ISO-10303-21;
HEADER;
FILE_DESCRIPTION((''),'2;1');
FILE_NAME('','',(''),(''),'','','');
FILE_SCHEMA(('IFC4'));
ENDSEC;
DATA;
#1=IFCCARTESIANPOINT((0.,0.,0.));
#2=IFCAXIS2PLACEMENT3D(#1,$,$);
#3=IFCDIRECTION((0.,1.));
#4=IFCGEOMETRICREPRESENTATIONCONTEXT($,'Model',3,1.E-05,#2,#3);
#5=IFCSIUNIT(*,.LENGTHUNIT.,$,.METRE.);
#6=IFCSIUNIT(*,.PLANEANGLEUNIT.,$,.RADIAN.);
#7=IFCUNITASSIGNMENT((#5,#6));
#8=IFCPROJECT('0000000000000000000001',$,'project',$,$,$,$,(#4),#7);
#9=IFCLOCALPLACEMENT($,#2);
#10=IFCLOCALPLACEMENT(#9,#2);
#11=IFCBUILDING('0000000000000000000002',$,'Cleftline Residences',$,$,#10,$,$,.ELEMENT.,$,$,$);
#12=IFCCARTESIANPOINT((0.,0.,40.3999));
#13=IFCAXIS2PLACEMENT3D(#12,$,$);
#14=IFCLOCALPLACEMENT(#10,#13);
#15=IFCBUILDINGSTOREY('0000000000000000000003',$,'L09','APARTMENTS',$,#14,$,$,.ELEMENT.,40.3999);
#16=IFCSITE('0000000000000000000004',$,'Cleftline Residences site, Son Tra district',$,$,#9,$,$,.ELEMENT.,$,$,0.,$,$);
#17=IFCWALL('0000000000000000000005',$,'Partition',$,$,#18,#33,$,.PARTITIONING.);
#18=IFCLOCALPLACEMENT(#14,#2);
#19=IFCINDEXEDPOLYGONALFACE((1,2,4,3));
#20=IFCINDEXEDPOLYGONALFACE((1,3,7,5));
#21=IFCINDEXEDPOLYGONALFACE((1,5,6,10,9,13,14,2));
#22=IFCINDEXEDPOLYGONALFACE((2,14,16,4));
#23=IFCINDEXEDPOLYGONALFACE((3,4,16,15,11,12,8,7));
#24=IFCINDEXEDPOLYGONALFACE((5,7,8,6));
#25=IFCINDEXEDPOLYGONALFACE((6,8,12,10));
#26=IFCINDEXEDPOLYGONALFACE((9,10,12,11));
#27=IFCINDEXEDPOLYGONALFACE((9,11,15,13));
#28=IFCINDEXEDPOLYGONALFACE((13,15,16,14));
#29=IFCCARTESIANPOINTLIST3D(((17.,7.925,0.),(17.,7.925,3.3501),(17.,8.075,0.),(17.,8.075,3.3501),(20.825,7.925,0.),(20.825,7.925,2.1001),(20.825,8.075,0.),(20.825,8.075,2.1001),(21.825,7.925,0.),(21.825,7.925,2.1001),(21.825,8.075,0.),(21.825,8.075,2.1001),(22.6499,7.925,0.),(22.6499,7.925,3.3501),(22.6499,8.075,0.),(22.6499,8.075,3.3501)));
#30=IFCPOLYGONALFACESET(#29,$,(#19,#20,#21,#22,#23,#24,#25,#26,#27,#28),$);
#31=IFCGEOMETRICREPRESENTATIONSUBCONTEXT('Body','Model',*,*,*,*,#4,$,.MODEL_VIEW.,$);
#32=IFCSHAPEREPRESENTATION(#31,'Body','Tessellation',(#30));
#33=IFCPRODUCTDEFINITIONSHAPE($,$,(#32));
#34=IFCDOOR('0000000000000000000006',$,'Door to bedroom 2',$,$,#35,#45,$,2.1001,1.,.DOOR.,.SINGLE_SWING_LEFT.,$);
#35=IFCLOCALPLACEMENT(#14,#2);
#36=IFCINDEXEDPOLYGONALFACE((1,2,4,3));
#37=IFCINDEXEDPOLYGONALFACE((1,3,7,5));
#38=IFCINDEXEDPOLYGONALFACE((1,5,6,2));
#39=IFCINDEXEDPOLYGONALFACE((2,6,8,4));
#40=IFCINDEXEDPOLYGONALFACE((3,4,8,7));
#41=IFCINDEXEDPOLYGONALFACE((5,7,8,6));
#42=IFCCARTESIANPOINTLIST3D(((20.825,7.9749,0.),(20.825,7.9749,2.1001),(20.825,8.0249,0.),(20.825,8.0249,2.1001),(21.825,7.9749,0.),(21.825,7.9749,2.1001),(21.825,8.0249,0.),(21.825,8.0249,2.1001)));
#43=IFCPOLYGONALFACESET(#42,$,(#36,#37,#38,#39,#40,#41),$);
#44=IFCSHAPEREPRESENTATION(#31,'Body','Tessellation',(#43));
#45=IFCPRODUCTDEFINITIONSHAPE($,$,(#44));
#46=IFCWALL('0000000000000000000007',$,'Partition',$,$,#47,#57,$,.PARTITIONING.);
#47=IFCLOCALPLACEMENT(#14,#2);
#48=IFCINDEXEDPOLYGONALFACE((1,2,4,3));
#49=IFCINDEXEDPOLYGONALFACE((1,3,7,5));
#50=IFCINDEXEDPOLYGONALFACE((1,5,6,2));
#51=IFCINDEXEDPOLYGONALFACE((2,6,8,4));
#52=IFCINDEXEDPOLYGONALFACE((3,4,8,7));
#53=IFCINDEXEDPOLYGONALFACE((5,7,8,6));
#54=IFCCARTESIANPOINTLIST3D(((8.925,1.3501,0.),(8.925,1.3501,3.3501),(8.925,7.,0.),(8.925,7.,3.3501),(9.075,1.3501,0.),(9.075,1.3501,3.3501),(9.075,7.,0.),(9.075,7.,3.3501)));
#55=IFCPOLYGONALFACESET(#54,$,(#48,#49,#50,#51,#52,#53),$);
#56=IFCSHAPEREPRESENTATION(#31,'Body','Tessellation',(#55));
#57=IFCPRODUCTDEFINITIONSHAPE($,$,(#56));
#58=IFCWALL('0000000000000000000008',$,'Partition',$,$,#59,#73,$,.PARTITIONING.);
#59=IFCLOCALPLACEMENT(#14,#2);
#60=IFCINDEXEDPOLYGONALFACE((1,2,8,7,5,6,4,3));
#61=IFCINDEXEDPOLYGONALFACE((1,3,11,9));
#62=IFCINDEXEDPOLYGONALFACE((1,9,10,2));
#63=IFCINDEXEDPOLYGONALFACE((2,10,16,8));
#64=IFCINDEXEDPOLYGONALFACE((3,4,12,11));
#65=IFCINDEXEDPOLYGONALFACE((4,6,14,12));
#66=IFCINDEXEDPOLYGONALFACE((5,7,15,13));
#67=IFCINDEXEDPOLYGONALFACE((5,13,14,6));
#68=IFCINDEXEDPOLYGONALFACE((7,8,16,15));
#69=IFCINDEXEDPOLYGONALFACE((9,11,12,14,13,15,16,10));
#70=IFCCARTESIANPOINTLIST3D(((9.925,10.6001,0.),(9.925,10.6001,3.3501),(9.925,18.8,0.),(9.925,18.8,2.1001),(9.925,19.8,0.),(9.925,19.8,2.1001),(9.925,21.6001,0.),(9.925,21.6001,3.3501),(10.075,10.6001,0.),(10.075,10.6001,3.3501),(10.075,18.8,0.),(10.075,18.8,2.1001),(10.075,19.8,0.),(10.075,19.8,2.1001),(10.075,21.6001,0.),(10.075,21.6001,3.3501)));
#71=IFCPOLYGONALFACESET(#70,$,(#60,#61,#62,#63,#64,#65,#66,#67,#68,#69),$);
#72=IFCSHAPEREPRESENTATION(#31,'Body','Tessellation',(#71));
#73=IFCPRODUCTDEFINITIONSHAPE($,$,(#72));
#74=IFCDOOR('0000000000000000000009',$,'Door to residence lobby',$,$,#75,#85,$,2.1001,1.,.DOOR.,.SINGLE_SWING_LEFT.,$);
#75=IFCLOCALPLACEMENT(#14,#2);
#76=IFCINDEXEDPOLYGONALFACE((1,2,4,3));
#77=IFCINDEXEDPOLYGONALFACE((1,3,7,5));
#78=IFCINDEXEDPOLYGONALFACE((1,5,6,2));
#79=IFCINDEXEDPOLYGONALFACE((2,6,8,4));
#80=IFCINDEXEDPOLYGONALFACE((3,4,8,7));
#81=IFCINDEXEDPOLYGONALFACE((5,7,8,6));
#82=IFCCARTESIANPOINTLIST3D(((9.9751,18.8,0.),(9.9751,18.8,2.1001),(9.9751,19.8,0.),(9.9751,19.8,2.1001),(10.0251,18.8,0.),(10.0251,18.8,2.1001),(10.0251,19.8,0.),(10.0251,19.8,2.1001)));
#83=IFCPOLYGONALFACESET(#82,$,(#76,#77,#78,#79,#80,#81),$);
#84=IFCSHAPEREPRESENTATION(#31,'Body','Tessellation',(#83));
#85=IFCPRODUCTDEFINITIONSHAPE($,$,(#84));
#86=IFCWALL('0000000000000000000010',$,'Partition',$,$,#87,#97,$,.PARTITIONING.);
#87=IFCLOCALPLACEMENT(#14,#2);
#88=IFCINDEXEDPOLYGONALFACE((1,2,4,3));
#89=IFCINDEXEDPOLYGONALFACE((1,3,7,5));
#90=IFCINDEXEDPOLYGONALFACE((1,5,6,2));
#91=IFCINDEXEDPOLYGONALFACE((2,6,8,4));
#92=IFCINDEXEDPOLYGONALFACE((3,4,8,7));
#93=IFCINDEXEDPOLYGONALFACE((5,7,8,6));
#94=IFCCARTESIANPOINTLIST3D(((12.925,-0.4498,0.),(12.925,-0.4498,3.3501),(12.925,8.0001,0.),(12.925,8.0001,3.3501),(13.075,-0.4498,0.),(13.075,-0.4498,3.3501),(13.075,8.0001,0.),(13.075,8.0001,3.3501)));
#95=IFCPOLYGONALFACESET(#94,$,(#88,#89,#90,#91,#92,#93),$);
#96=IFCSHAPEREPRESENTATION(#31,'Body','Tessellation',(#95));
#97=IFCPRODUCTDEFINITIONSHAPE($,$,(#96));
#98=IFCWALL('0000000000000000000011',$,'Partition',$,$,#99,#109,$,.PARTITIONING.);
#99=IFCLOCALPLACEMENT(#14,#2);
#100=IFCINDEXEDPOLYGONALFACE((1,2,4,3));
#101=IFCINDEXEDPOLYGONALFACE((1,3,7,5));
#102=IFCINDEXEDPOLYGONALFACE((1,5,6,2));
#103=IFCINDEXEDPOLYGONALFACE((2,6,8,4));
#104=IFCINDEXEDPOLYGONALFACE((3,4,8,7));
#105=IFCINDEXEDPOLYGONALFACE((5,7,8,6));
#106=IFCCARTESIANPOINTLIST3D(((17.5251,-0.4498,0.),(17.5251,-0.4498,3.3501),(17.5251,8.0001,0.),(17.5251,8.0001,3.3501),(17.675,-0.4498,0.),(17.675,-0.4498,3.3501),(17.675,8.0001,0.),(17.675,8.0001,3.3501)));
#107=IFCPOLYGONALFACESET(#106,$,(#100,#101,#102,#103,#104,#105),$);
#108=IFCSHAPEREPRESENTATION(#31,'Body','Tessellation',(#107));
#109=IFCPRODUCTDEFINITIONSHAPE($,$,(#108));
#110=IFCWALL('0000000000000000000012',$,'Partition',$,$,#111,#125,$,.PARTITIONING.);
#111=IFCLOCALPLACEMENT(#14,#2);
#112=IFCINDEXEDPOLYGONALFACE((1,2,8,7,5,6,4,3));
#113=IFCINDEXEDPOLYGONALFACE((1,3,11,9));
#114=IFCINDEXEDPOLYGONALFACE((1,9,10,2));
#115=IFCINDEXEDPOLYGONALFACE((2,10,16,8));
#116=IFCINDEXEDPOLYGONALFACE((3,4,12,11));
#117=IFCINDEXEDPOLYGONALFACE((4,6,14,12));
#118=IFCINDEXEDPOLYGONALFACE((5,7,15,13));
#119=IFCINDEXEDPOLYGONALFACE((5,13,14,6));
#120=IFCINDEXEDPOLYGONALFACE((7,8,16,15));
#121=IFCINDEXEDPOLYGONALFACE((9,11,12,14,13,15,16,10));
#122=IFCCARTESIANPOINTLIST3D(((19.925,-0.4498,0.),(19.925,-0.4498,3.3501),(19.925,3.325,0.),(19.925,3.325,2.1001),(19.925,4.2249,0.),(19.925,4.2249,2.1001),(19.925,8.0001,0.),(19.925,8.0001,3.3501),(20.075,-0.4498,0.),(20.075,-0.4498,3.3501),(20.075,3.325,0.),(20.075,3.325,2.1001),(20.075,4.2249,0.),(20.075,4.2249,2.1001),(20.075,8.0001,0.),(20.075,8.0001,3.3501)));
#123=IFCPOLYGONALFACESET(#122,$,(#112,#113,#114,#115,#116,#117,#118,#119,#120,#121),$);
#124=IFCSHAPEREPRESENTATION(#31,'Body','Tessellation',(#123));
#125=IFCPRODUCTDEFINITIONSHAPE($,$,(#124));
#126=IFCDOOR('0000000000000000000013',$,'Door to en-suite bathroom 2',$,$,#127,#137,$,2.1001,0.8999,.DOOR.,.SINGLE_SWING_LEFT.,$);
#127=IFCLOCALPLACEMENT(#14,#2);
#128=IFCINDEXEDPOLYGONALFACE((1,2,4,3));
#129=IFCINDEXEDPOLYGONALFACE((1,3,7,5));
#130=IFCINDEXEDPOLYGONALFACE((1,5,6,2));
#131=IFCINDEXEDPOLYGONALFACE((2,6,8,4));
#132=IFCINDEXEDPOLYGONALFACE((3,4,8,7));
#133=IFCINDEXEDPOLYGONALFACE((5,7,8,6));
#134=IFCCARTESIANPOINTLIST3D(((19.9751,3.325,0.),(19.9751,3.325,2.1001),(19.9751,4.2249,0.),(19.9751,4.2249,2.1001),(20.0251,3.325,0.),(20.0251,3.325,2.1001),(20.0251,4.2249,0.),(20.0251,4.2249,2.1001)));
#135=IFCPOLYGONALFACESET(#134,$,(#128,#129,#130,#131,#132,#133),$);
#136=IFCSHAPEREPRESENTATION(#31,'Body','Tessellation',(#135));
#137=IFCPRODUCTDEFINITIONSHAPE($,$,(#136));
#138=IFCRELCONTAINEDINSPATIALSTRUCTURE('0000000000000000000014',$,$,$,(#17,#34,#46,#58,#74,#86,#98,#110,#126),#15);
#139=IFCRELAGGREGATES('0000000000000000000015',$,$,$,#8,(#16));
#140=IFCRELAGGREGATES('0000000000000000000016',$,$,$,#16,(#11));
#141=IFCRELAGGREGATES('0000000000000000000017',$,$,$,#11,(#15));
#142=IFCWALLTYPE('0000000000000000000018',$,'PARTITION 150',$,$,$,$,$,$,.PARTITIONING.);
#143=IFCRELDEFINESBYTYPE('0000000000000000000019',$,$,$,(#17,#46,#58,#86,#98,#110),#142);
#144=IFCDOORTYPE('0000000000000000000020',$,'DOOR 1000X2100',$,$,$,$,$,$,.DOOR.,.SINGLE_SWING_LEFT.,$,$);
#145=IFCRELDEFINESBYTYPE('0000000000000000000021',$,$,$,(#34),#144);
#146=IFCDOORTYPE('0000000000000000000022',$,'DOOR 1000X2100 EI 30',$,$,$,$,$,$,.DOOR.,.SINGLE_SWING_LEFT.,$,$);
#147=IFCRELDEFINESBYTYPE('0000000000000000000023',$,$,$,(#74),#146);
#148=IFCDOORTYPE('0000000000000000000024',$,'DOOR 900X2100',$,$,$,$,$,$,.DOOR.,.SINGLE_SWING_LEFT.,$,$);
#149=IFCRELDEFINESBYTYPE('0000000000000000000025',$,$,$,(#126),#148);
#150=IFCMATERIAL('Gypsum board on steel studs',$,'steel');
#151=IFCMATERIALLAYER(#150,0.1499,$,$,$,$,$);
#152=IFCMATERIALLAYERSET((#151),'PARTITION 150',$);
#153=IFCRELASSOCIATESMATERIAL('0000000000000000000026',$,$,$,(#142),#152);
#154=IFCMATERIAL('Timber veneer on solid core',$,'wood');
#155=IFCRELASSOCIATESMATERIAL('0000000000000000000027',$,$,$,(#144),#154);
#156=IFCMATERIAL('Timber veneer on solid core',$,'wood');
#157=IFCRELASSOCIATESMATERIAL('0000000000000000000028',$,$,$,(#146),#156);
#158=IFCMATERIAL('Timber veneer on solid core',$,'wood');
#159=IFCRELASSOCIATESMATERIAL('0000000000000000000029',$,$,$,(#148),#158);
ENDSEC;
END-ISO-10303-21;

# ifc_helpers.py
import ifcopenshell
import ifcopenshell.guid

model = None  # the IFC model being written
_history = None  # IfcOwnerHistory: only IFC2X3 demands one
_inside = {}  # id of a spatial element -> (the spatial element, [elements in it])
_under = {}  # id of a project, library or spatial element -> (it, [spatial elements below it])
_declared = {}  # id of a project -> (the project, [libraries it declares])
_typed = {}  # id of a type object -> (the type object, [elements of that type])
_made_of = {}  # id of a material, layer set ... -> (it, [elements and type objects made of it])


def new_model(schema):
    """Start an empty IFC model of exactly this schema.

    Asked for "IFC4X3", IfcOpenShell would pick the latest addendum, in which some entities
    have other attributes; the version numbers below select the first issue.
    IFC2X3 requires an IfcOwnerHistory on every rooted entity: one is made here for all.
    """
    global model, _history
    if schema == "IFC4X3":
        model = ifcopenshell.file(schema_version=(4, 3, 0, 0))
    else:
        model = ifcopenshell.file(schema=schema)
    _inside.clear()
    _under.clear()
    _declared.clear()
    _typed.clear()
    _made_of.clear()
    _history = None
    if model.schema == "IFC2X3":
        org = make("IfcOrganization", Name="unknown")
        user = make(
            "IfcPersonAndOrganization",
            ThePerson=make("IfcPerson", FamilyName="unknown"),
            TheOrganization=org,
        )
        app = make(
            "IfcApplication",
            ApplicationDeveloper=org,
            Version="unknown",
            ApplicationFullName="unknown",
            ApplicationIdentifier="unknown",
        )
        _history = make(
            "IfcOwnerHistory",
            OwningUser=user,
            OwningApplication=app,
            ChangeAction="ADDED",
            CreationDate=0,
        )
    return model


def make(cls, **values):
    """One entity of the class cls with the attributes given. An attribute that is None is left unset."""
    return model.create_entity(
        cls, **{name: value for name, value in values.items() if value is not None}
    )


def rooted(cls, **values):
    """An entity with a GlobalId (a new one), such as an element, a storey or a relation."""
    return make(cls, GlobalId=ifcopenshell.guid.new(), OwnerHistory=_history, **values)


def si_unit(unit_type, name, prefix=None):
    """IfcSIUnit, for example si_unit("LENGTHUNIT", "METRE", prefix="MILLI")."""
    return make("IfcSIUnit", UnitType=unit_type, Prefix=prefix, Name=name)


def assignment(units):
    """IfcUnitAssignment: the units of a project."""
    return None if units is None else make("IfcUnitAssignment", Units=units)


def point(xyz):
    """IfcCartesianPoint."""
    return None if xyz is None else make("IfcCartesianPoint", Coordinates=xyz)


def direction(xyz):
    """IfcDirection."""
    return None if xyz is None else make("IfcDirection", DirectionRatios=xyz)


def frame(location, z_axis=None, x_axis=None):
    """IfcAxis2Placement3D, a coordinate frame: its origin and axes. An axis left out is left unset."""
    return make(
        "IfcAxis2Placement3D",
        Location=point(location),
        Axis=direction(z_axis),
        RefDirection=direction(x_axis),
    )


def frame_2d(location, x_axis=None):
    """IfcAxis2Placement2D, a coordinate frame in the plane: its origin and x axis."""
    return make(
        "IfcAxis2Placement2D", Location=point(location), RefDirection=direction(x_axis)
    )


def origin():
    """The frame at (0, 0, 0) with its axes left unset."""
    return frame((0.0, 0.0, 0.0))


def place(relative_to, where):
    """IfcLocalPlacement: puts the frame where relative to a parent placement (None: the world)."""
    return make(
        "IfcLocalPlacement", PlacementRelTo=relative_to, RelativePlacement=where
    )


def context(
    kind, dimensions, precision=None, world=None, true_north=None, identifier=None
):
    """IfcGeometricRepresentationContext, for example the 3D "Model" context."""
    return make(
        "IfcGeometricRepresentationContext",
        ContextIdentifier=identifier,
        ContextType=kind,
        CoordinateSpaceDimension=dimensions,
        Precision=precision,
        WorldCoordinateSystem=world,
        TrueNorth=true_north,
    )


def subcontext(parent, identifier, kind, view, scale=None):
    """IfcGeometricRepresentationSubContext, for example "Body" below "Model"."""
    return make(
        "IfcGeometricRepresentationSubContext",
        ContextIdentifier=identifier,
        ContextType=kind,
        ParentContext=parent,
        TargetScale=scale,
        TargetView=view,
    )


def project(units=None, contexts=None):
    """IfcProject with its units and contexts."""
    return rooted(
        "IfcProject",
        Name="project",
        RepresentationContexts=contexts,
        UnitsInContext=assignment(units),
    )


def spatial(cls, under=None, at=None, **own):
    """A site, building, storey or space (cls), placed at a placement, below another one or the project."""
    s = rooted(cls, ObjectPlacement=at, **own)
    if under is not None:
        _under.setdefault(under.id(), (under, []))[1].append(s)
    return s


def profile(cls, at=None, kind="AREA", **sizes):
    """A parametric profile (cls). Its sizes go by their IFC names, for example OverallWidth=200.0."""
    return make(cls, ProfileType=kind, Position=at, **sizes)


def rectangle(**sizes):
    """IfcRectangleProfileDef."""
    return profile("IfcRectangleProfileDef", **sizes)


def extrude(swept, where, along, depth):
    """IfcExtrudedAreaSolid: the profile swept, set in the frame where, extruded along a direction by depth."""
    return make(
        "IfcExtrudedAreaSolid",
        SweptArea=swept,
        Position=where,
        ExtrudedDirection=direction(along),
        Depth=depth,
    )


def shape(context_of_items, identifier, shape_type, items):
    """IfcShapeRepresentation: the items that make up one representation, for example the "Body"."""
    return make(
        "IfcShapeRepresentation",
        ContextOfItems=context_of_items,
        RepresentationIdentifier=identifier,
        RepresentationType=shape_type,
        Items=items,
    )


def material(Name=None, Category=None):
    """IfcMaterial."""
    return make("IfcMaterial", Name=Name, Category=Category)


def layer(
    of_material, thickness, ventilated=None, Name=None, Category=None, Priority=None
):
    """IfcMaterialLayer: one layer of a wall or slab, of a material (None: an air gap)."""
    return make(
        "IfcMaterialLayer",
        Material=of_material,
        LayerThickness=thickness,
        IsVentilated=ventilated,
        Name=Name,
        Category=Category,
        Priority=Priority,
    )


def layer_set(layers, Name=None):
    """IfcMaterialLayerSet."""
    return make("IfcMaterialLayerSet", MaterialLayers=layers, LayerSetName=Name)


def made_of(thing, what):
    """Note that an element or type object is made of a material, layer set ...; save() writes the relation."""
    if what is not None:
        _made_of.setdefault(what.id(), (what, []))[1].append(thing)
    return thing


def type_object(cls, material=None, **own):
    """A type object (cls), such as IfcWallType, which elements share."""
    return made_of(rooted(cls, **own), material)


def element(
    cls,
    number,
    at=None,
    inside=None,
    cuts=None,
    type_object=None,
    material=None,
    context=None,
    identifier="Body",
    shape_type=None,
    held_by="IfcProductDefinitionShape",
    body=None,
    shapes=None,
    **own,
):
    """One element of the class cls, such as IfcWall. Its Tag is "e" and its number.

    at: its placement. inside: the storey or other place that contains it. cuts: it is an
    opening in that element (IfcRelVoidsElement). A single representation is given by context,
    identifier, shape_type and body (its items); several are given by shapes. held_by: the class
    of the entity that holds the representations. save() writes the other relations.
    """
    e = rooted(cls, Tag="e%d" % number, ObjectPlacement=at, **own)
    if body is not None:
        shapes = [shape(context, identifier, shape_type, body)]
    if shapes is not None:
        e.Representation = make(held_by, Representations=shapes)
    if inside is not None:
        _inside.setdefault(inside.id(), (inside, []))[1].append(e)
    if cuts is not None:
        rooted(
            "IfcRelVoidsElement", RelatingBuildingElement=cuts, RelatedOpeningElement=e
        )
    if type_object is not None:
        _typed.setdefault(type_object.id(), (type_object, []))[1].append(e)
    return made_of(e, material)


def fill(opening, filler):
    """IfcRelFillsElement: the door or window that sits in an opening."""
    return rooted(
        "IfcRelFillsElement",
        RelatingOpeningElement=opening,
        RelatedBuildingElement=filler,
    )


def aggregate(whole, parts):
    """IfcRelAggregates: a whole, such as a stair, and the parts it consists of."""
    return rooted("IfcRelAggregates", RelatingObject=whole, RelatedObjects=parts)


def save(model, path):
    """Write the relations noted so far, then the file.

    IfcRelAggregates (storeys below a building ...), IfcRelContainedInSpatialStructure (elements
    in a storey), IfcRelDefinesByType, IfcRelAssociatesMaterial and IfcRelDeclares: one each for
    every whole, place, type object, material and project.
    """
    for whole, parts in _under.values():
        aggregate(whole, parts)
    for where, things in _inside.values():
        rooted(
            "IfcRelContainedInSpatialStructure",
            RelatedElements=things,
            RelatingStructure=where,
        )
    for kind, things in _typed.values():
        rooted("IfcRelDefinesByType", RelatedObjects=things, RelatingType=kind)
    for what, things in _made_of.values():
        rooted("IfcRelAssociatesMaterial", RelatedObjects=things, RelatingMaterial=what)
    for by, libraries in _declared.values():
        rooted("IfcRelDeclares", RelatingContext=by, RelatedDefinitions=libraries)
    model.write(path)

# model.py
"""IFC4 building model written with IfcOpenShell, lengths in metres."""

from ifc_helpers import new_model, si_unit, direction, frame, frame_2d, origin, place, context, subcontext, project, spatial, rectangle, extrude, material, layer, layer_set, type_object, element, fill, save


model = new_model("IFC4")

# Units and contexts
model_context = context("Model", 3, precision=1e-05, world=origin(), true_north=direction((0.0, 1.0)))
body_context = subcontext(model_context, "Body", "Model", "MODEL_VIEW")
ifc_project = project(units=[si_unit("LENGTHUNIT", "METRE"), si_unit("PLANEANGLEUNIT", "RADIAN")], contexts=[model_context])

# Site, building, storey
site_placement = place(None, origin())
site = spatial("IfcSite", under=ifc_project, at=site_placement, Name="Cleftline Residences site, Son Tra district", CompositionType="ELEMENT", RefElevation=0.0)
building_placement = place(site_placement, origin())
building = spatial("IfcBuilding", under=site, at=building_placement, Name="Cleftline Residences", CompositionType="ELEMENT")
storey_placement = place(building_placement, frame((0.0, 0.0, 40.3999)))
storey = spatial("IfcBuildingStorey", under=building, at=storey_placement, Name="L09", Description="APARTMENTS", CompositionType="ELEMENT", Elevation=40.3999)

# Shared definitions
ifc_material_1 = material(Name="Gypsum board on steel studs", Category="steel")
ifc_layer_1 = layer(ifc_material_1, 0.1499)
ifc_layer_set_1 = layer_set([ifc_layer_1], Name="PARTITION 150")
wall_type = type_object("IfcWallType", Name="PARTITION 150", PredefinedType="PARTITIONING", material=ifc_layer_set_1)
ifc_material_2 = material(Name="Timber veneer on solid core", Category="wood")
door_type_1 = type_object("IfcDoorType", Name="DOOR 1000X2100", OperationType="SINGLE_SWING_LEFT", PredefinedType="DOOR", material=ifc_material_2)

# Wall, opening, door
wall_1_placement = place(storey_placement, frame((17.0, 8.0, 0.0), z_axis=(0.0, 0.0, 1.0), x_axis=(1.0, 0.0, 0.0)))
wall_1 = element("IfcWall", 1, at=wall_1_placement, inside=storey, type_object=wall_type, Name="Partition", PredefinedType="PARTITIONING", context=body_context, shape_type="SweptSolid", body=[
    extrude(rectangle(XDim=5.6499, YDim=0.1499, at=frame_2d((2.825, 0.0))), origin(), (0.0, 0.0, 1.0), 3.3501),
])
opening_1_placement = place(wall_1_placement, frame((3.825, 0.0, 0.0)))
opening_1 = element("IfcOpeningElement", 2, at=opening_1_placement, cuts=wall_1, PredefinedType="OPENING", context=body_context, shape_type="SweptSolid", body=[
    extrude(rectangle(XDim=1.0, YDim=2.1001, at=frame_2d((0.5, 1.05))), frame((0.0, 0.085, 0.0), z_axis=(0.0, -1.0, 0.0), x_axis=(1.0, 0.0, 0.0)), (0.0, 0.0, 1.0), 0.1699),
])
door_1_placement = place(opening_1_placement, origin())
door_1 = element("IfcDoor", 3, at=door_1_placement, inside=storey, type_object=door_type_1, Name="Door to bedroom 2", OperationType="SINGLE_SWING_LEFT", OverallHeight=2.1001, OverallWidth=1.0, PredefinedType="DOOR", context=body_context, shape_type="SweptSolid", body=[
    extrude(rectangle(XDim=1.0, YDim=2.1001, at=frame_2d((0.5, 1.05))), frame((0.0, 0.0249, 0.0), z_axis=(0.0, -1.0, 0.0), x_axis=(1.0, 0.0, 0.0)), (0.0, 0.0, 1.0), 0.05),
])
fill(opening_1, door_1)

# Wall
wall_2_placement = place(storey_placement, frame((9.0, 1.3501, 0.0), z_axis=(0.0, 0.0, 1.0), x_axis=(0.0, 1.0, 0.0)))
element("IfcWall", 4, at=wall_2_placement, inside=storey, type_object=wall_type, Name="Partition", PredefinedType="PARTITIONING", context=body_context, shape_type="SweptSolid", body=[
    extrude(rectangle(XDim=5.6499, YDim=0.1499, at=frame_2d((2.825, 0.0))), origin(), (0.0, 0.0, 1.0), 3.3501),
])

# Wall, opening, door
wall_3_placement = place(storey_placement, frame((10.0, 10.6001, 0.0), z_axis=(0.0, 0.0, 1.0), x_axis=(0.0, 1.0, 0.0)))
wall_3 = element("IfcWall", 5, at=wall_3_placement, inside=storey, type_object=wall_type, Name="Partition", PredefinedType="PARTITIONING", context=body_context, shape_type="SweptSolid", body=[
    extrude(rectangle(XDim=11.0, YDim=0.1499, at=frame_2d((5.5, 0.0))), origin(), (0.0, 0.0, 1.0), 3.3501),
])
opening_2_placement = place(wall_3_placement, frame((8.2, 0.0, 0.0)))
opening_2 = element("IfcOpeningElement", 6, at=opening_2_placement, cuts=wall_3, PredefinedType="OPENING", context=body_context, shape_type="SweptSolid", body=[
    extrude(rectangle(XDim=1.0, YDim=2.1001, at=frame_2d((0.5, 1.05))), frame((0.0, 0.085, 0.0), z_axis=(0.0, -1.0, 0.0), x_axis=(1.0, 0.0, 0.0)), (0.0, 0.0, 1.0), 0.1699),
])
ifc_material_3 = material(Name="Timber veneer on solid core", Category="wood")
door_type_2 = type_object("IfcDoorType", Name="DOOR 1000X2100 EI 30", OperationType="SINGLE_SWING_LEFT", PredefinedType="DOOR", material=ifc_material_3)
door_2_placement = place(opening_2_placement, origin())
door_2 = element("IfcDoor", 7, at=door_2_placement, inside=storey, type_object=door_type_2, Name="Door to residence lobby", OperationType="SINGLE_SWING_LEFT", OverallHeight=2.1001, OverallWidth=1.0, PredefinedType="DOOR", context=body_context, shape_type="SweptSolid", body=[
    extrude(rectangle(XDim=1.0, YDim=2.1001, at=frame_2d((0.5, 1.05))), frame((0.0, 0.0249, 0.0), z_axis=(0.0, -1.0, 0.0), x_axis=(1.0, 0.0, 0.0)), (0.0, 0.0, 1.0), 0.05),
])
fill(opening_2, door_2)

# Walls
for number, where, z_axis, x_axis, name in (
    (8, (13.0, -0.45, 0.0), (0.0, 0.0, 1.0), (0.0, 1.0, 0.0), "Partition"),
    (9, (17.6001, -0.45, 0.0), (0.0, 0.0, 1.0), (0.0, 1.0, 0.0), "Partition"),
):
    element("IfcWall", number, at=place(storey_placement, frame(where, z_axis=z_axis, x_axis=x_axis)), inside=storey, type_object=wall_type, Name=name, PredefinedType="PARTITIONING", context=body_context, shape_type="SweptSolid", body=[
        extrude(rectangle(XDim=8.45, YDim=0.1499, at=frame_2d((4.2251, 0.0))), origin(), (0.0, 0.0, 1.0), 3.3501),
    ])

# Wall, opening, door
wall_4_placement = place(storey_placement, frame((20.0, -0.45, 0.0), z_axis=(0.0, 0.0, 1.0), x_axis=(0.0, 1.0, 0.0)))
wall_4 = element("IfcWall", 10, at=wall_4_placement, inside=storey, type_object=wall_type, Name="Partition", PredefinedType="PARTITIONING", context=body_context, shape_type="SweptSolid", body=[
    extrude(rectangle(XDim=8.45, YDim=0.1499, at=frame_2d((4.2251, 0.0))), origin(), (0.0, 0.0, 1.0), 3.3501),
])
opening_3_placement = place(wall_4_placement, frame((3.7749, 0.0, 0.0)))
opening_3 = element("IfcOpeningElement", 11, at=opening_3_placement, cuts=wall_4, PredefinedType="OPENING", context=body_context, shape_type="SweptSolid", body=[
    extrude(rectangle(XDim=0.8999, YDim=2.1001, at=frame_2d((0.45, 1.05))), frame((0.0, 0.085, 0.0), z_axis=(0.0, -1.0, 0.0), x_axis=(1.0, 0.0, 0.0)), (0.0, 0.0, 1.0), 0.1699),
])
ifc_material_4 = material(Name="Timber veneer on solid core", Category="wood")
door_type_3 = type_object("IfcDoorType", Name="DOOR 900X2100", OperationType="SINGLE_SWING_LEFT", PredefinedType="DOOR", material=ifc_material_4)
door_3_placement = place(opening_3_placement, origin())
door_3 = element("IfcDoor", 12, at=door_3_placement, inside=storey, type_object=door_type_3, Name="Door to en-suite bathroom 2", OperationType="SINGLE_SWING_LEFT", OverallHeight=2.1001, OverallWidth=0.8999, PredefinedType="DOOR", context=body_context, shape_type="SweptSolid", body=[
    extrude(rectangle(XDim=0.8999, YDim=2.1001, at=frame_2d((0.45, 1.05))), frame((0.0, 0.0249, 0.0), z_axis=(0.0, -1.0, 0.0), x_axis=(1.0, 0.0, 0.0)), (0.0, 0.0, 1.0), 0.05),
])
fill(opening_3, door_3)

save(model, "model.ifc")
